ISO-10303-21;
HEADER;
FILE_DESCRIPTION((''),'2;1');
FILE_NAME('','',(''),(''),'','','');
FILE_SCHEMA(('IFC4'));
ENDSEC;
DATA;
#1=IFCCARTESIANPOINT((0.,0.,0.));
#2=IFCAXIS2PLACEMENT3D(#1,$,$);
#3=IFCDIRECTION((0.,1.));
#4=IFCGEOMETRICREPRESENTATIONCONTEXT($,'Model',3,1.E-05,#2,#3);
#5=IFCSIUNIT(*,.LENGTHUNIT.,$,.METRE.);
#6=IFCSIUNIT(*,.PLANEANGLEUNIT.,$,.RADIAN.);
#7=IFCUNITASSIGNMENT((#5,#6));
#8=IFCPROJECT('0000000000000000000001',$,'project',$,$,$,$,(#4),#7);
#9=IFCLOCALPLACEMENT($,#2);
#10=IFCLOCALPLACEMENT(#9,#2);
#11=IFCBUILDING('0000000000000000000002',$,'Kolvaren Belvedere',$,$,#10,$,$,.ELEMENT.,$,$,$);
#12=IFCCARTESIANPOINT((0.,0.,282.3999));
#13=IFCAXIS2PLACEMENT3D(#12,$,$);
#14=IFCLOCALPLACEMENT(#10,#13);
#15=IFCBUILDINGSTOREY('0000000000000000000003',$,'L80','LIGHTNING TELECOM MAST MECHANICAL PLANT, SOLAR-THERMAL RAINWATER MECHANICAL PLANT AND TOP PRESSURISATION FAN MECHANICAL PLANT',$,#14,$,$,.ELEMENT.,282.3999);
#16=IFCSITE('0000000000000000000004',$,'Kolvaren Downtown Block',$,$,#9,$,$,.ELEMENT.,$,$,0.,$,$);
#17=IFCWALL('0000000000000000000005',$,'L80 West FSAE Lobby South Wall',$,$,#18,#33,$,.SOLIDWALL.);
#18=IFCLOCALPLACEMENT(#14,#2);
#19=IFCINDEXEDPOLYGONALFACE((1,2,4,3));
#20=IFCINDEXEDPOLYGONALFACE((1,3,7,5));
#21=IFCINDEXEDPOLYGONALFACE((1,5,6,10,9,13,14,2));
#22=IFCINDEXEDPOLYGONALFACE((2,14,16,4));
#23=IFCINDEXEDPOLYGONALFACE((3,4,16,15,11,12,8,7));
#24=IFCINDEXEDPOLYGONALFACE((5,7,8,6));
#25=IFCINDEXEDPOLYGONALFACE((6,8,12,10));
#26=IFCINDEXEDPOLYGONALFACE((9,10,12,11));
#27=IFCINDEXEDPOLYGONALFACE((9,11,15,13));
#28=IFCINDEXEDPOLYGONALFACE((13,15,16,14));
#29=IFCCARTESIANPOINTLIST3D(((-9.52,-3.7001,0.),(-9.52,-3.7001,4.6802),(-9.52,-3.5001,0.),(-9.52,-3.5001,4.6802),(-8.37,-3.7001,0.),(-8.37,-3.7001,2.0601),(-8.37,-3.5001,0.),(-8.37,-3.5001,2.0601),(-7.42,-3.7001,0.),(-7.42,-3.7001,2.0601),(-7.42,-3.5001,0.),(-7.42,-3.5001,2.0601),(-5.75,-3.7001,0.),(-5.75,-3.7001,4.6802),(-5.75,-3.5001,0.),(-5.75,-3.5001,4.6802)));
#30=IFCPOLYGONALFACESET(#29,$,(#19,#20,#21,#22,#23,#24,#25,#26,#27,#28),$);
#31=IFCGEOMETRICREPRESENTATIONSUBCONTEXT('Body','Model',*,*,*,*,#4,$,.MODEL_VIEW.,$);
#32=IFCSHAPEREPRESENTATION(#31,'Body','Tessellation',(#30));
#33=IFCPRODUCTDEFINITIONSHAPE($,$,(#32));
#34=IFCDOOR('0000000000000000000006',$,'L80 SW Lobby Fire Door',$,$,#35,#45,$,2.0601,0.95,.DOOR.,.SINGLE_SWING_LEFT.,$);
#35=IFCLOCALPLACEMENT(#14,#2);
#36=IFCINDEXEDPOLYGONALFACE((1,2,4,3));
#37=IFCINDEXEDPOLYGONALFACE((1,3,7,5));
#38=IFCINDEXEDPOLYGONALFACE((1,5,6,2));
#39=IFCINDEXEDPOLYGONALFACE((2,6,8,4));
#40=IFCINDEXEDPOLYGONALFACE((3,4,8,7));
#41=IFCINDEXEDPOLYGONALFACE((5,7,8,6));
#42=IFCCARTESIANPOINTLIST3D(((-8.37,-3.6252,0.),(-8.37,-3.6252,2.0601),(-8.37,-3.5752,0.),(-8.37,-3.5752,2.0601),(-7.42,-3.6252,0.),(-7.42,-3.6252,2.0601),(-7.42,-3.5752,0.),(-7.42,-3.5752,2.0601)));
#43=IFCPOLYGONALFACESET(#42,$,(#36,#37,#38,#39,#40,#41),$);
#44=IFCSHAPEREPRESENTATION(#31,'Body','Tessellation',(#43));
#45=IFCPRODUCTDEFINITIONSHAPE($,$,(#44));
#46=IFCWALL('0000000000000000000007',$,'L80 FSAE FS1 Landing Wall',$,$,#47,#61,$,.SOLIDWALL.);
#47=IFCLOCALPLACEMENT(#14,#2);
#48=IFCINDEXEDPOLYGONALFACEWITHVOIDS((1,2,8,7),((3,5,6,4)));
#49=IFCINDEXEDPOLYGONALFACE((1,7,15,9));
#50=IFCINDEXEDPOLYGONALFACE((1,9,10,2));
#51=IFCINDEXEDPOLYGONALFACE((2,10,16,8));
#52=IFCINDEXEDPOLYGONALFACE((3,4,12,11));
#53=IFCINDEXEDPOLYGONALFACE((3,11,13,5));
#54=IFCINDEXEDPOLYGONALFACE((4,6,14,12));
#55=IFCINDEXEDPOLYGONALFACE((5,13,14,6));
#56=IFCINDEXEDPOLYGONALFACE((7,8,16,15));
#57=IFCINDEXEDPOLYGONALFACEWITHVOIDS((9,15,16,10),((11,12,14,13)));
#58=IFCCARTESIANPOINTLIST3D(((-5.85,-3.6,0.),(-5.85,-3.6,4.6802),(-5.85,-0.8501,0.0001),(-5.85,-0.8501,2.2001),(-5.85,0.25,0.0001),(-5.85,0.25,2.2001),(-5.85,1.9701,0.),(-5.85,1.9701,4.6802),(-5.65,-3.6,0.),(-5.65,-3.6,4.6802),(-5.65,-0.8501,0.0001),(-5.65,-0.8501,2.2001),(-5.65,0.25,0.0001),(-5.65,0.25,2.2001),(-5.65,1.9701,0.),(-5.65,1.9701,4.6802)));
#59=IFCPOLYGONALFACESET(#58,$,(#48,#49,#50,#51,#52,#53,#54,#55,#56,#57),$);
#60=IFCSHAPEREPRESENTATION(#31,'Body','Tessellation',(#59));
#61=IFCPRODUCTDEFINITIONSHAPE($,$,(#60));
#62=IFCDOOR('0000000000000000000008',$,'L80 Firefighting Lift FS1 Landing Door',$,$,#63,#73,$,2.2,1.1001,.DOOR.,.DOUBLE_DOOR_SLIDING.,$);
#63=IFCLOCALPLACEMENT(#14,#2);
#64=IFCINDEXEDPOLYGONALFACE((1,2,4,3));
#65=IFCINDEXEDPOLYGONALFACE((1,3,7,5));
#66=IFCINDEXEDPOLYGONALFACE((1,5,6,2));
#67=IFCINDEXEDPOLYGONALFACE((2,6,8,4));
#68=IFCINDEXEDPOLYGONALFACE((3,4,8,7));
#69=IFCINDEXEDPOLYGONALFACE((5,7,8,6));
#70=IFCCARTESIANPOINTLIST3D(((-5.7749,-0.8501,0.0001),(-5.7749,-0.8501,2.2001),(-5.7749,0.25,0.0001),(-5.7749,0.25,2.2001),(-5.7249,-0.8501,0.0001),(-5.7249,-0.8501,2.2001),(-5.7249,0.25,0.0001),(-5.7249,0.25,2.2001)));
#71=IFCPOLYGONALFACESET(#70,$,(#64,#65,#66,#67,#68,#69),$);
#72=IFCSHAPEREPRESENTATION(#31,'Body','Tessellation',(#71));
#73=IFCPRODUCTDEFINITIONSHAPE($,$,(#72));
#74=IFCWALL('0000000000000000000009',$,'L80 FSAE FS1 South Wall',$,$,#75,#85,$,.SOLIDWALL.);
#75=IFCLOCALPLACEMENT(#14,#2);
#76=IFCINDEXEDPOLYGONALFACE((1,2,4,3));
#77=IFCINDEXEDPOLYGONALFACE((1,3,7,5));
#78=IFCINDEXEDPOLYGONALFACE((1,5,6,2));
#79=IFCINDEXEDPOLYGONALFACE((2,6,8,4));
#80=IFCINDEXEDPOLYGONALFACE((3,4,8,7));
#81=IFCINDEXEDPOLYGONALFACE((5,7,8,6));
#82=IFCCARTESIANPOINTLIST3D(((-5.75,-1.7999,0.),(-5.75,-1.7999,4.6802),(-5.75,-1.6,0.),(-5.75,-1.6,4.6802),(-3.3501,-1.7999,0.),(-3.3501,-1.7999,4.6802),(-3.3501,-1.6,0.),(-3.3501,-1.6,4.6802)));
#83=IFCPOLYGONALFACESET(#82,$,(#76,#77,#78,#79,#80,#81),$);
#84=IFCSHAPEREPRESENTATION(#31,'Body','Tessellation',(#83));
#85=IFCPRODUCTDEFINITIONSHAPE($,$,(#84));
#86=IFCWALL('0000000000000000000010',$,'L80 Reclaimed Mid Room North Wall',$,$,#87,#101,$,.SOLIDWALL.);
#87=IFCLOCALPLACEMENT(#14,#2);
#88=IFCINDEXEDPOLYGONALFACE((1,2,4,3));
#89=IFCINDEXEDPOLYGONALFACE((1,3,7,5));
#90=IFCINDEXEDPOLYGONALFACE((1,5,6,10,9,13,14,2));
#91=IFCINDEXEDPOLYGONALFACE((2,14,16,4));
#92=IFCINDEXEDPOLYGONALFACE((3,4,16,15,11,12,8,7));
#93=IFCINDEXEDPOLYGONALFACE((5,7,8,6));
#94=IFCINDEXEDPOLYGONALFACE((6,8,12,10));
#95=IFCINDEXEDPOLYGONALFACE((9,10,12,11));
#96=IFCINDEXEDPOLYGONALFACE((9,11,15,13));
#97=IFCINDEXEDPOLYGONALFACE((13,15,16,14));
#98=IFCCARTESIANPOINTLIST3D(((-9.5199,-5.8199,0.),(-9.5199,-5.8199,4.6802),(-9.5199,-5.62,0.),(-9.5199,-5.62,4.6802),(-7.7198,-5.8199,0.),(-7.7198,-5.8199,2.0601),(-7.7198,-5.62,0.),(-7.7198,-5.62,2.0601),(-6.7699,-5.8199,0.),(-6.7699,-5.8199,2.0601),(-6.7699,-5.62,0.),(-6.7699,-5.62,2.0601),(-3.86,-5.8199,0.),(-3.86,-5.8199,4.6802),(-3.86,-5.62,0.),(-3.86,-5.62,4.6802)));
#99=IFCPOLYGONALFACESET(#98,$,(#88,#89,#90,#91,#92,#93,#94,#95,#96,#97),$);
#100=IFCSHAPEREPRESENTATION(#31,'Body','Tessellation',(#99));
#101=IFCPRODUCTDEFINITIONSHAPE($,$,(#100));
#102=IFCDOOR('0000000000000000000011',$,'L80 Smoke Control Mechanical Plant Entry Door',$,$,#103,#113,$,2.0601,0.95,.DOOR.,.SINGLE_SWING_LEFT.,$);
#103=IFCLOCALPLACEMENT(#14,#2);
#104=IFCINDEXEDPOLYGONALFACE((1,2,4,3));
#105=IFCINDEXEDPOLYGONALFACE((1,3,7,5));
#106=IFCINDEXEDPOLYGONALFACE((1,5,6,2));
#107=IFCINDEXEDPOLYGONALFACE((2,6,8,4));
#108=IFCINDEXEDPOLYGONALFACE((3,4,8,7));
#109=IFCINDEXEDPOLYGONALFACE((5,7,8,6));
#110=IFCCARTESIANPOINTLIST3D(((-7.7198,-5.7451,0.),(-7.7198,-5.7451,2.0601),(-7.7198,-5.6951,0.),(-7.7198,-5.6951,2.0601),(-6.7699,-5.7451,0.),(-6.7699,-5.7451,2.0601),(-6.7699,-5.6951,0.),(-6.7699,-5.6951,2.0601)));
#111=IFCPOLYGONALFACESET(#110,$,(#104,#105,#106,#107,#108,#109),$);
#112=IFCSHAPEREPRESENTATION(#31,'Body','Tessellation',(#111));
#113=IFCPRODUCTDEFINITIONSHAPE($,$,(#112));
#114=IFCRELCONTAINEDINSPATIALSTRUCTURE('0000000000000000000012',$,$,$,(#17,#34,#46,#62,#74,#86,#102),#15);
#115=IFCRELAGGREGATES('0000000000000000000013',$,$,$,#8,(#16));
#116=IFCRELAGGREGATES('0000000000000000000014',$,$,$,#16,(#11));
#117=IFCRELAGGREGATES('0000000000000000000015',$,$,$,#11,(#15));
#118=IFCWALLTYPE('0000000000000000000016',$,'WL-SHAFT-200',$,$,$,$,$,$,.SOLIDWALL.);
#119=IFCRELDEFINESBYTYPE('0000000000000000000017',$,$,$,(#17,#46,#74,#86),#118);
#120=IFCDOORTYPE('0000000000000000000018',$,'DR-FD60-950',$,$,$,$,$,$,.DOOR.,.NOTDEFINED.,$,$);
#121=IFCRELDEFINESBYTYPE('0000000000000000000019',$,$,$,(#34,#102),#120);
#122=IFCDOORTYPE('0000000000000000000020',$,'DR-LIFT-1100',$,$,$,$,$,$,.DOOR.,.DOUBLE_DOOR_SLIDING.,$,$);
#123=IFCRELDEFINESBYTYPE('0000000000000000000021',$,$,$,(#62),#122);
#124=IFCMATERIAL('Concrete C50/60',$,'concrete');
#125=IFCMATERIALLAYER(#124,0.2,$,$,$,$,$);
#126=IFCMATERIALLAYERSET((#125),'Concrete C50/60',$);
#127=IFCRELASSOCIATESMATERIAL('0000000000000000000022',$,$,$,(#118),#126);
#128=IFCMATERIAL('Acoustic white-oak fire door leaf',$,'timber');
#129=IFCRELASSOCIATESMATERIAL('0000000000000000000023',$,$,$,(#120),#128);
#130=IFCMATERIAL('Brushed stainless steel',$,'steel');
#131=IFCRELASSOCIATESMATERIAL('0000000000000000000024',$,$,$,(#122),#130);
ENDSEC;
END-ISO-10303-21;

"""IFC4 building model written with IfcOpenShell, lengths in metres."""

from ifc_helpers import new_model, si_unit, direction, frame, frame_2d, origin, place, context, subcontext, project, spatial, rectangle, extrude, material, layer, layer_set, type_object, element, fill, save


model = new_model("IFC4")

# Units and contexts
model_context = context("Model", 3, precision=1e-05, world=origin(), true_north=direction((0.0, 1.0)))
body_context = subcontext(model_context, "Body", "Model", "MODEL_VIEW")
ifc_project = project(units=[si_unit("LENGTHUNIT", "METRE"), si_unit("PLANEANGLEUNIT", "RADIAN")], contexts=[model_context])

# Site, building, storey
site_placement = place(None, origin())
site = spatial("IfcSite", under=ifc_project, at=site_placement, Name="Kolvaren Downtown Block", CompositionType="ELEMENT", RefElevation=0.0)
building_placement = place(site_placement, origin())
building = spatial("IfcBuilding", under=site, at=building_placement, Name="Kolvaren Belvedere", CompositionType="ELEMENT")
storey_placement = place(building_placement, frame((0.0, 0.0, 282.3999)))
storey = spatial("IfcBuildingStorey", under=building, at=storey_placement, Name="L80", Description="LIGHTNING TELECOM MAST MECHANICAL PLANT, SOLAR-THERMAL RAINWATER MECHANICAL PLANT AND TOP PRESSURISATION FAN MECHANICAL PLANT", CompositionType="ELEMENT", Elevation=282.3999)

# Walls, openings, doors
ifc_material_1 = material(Name="Concrete C50/60", Category="concrete")
ifc_layer_1 = layer(ifc_material_1, 0.2)
ifc_layer_set_1 = layer_set([ifc_layer_1], Name="Concrete C50/60")
wall_type_1 = type_object("IfcWallType", Name="WL-SHAFT-200", PredefinedType="SOLIDWALL", material=ifc_layer_set_1)
wall_1_placement = place(storey_placement, frame((-9.52, -3.6001, 0.0), z_axis=(0.0, 0.0, 1.0), x_axis=(1.0, 0.0, 0.0)))
wall_1 = element("IfcWall", 1, at=wall_1_placement, inside=storey, type_object=wall_type_1, Name="L80 West FSAE Lobby South Wall", PredefinedType="SOLIDWALL", context=body_context, shape_type="SweptSolid", body=[
    extrude(rectangle(XDim=3.77, YDim=0.2, at=frame_2d((1.885, 0.0))), origin(), (0.0, 0.0, 1.0), 4.6802),
])
opening_1_placement = place(wall_1_placement, frame((1.1499, 0.0, 0.0)))
opening_1 = element("IfcOpeningElement", 2, at=opening_1_placement, cuts=wall_1, PredefinedType="OPENING", context=body_context, shape_type="SweptSolid", body=[
    extrude(rectangle(XDim=0.95, YDim=2.0601, at=frame_2d((0.4751, 1.03))), frame((0.0, 0.1099, 0.0), z_axis=(0.0, -1.0, 0.0), x_axis=(1.0, 0.0, 0.0)), (0.0, 0.0, 1.0), 0.22),
])
ifc_material_2 = material(Name="Acoustic white-oak fire door leaf", Category="timber")
door_type_1 = type_object("IfcDoorType", Name="DR-FD60-950", OperationType="NOTDEFINED", PredefinedType="DOOR", material=ifc_material_2)
door_1_placement = place(opening_1_placement, origin())
door_1 = element("IfcDoor", 3, at=door_1_placement, inside=storey, type_object=door_type_1, Name="L80 SW Lobby Fire Door", OperationType="SINGLE_SWING_LEFT", OverallHeight=2.0601, OverallWidth=0.95, PredefinedType="DOOR", context=body_context, shape_type="SweptSolid", body=[
    extrude(rectangle(XDim=0.95, YDim=2.0601, at=frame_2d((0.4751, 1.03))), frame((0.0, 0.0249, 0.0), z_axis=(0.0, -1.0, 0.0), x_axis=(1.0, 0.0, 0.0)), (0.0, 0.0, 1.0), 0.05),
])
fill(opening_1, door_1)
wall_2_placement = place(storey_placement, frame((-5.75, -3.6001, 0.0), z_axis=(0.0, 0.0, 1.0), x_axis=(0.0, 1.0, 0.0)))
wall_2 = element("IfcWall", 4, at=wall_2_placement, inside=storey, type_object=wall_type_1, Name="L80 FSAE FS1 Landing Wall", PredefinedType="SOLIDWALL", context=body_context, shape_type="SweptSolid", body=[
    extrude(rectangle(XDim=5.5701, YDim=0.2, at=frame_2d((2.7852, 0.0))), origin(), (0.0, 0.0, 1.0), 4.6802),
])
opening_2_placement = place(wall_2_placement, frame((2.75, 0.0, 0.0)))
opening_2 = element("IfcOpeningElement", 5, at=opening_2_placement, cuts=wall_2, PredefinedType="OPENING", context=body_context, shape_type="SweptSolid", body=[
    extrude(rectangle(XDim=1.1001, YDim=2.2, at=frame_2d((0.55, 1.1001))), frame((0.0, 0.1099, 0.0), z_axis=(0.0, -1.0, 0.0), x_axis=(1.0, 0.0, 0.0)), (0.0, 0.0, 1.0), 0.22),
])
ifc_material_3 = material(Name="Brushed stainless steel", Category="steel")
door_type_2 = type_object("IfcDoorType", Name="DR-LIFT-1100", OperationType="DOUBLE_DOOR_SLIDING", PredefinedType="DOOR", material=ifc_material_3)
door_2_placement = place(opening_2_placement, origin())
door_2 = element("IfcDoor", 6, at=door_2_placement, inside=storey, type_object=door_type_2, Name="L80 Firefighting Lift FS1 Landing Door", OperationType="DOUBLE_DOOR_SLIDING", OverallHeight=2.2, OverallWidth=1.1001, PredefinedType="DOOR", context=body_context, shape_type="SweptSolid", body=[
    extrude(rectangle(XDim=1.1001, YDim=2.2, at=frame_2d((0.55, 1.1001))), frame((0.0, 0.0249, 0.0), z_axis=(0.0, -1.0, 0.0), x_axis=(1.0, 0.0, 0.0)), (0.0, 0.0, 1.0), 0.05),
])
fill(opening_2, door_2)

# Wall
wall_3_placement = place(storey_placement, frame((-5.75, -1.7, 0.0), z_axis=(0.0, 0.0, 1.0), x_axis=(1.0, 0.0, 0.0)))
element("IfcWall", 7, at=wall_3_placement, inside=storey, type_object=wall_type_1, Name="L80 FSAE FS1 South Wall", PredefinedType="SOLIDWALL", context=body_context, shape_type="SweptSolid", body=[
    extrude(rectangle(XDim=2.3999, YDim=0.2, at=frame_2d((1.2, 0.0))), origin(), (0.0, 0.0, 1.0), 4.6802),
])

# Wall, opening, door
wall_4_placement = place(storey_placement, frame((-9.52, -5.72, 0.0), z_axis=(0.0, 0.0, 1.0), x_axis=(1.0, 0.0, 0.0)))
wall_4 = element("IfcWall", 8, at=wall_4_placement, inside=storey, type_object=wall_type_1, Name="L80 Reclaimed Mid Room North Wall", PredefinedType="SOLIDWALL", context=body_context, shape_type="SweptSolid", body=[
    extrude(rectangle(XDim=5.6599, YDim=0.2, at=frame_2d((2.8301, 0.0))), origin(), (0.0, 0.0, 1.0), 4.6802),
])
opening_3_placement = place(wall_4_placement, frame((1.8, 0.0, 0.0)))
opening_3 = element("IfcOpeningElement", 9, at=opening_3_placement, cuts=wall_4, PredefinedType="OPENING", context=body_context, shape_type="SweptSolid", body=[
    extrude(rectangle(XDim=0.95, YDim=2.0601, at=frame_2d((0.4751, 1.03))), frame((0.0, 0.1099, 0.0), z_axis=(0.0, -1.0, 0.0), x_axis=(1.0, 0.0, 0.0)), (0.0, 0.0, 1.0), 0.22),
])
door_3_placement = place(opening_3_placement, origin())
door_3 = element("IfcDoor", 10, at=door_3_placement, inside=storey, type_object=door_type_1, Name="L80 Smoke Control Mechanical Plant Entry Door", OperationType="SINGLE_SWING_LEFT", OverallHeight=2.0601, OverallWidth=0.95, PredefinedType="DOOR", context=body_context, shape_type="SweptSolid", body=[
    extrude(rectangle(XDim=0.95, YDim=2.0601, at=frame_2d((0.4751, 1.03))), frame((0.0, 0.0249, 0.0), z_axis=(0.0, -1.0, 0.0), x_axis=(1.0, 0.0, 0.0)), (0.0, 0.0, 1.0), 0.05),
])
fill(opening_3, door_3)

save(model, "model.ifc")
